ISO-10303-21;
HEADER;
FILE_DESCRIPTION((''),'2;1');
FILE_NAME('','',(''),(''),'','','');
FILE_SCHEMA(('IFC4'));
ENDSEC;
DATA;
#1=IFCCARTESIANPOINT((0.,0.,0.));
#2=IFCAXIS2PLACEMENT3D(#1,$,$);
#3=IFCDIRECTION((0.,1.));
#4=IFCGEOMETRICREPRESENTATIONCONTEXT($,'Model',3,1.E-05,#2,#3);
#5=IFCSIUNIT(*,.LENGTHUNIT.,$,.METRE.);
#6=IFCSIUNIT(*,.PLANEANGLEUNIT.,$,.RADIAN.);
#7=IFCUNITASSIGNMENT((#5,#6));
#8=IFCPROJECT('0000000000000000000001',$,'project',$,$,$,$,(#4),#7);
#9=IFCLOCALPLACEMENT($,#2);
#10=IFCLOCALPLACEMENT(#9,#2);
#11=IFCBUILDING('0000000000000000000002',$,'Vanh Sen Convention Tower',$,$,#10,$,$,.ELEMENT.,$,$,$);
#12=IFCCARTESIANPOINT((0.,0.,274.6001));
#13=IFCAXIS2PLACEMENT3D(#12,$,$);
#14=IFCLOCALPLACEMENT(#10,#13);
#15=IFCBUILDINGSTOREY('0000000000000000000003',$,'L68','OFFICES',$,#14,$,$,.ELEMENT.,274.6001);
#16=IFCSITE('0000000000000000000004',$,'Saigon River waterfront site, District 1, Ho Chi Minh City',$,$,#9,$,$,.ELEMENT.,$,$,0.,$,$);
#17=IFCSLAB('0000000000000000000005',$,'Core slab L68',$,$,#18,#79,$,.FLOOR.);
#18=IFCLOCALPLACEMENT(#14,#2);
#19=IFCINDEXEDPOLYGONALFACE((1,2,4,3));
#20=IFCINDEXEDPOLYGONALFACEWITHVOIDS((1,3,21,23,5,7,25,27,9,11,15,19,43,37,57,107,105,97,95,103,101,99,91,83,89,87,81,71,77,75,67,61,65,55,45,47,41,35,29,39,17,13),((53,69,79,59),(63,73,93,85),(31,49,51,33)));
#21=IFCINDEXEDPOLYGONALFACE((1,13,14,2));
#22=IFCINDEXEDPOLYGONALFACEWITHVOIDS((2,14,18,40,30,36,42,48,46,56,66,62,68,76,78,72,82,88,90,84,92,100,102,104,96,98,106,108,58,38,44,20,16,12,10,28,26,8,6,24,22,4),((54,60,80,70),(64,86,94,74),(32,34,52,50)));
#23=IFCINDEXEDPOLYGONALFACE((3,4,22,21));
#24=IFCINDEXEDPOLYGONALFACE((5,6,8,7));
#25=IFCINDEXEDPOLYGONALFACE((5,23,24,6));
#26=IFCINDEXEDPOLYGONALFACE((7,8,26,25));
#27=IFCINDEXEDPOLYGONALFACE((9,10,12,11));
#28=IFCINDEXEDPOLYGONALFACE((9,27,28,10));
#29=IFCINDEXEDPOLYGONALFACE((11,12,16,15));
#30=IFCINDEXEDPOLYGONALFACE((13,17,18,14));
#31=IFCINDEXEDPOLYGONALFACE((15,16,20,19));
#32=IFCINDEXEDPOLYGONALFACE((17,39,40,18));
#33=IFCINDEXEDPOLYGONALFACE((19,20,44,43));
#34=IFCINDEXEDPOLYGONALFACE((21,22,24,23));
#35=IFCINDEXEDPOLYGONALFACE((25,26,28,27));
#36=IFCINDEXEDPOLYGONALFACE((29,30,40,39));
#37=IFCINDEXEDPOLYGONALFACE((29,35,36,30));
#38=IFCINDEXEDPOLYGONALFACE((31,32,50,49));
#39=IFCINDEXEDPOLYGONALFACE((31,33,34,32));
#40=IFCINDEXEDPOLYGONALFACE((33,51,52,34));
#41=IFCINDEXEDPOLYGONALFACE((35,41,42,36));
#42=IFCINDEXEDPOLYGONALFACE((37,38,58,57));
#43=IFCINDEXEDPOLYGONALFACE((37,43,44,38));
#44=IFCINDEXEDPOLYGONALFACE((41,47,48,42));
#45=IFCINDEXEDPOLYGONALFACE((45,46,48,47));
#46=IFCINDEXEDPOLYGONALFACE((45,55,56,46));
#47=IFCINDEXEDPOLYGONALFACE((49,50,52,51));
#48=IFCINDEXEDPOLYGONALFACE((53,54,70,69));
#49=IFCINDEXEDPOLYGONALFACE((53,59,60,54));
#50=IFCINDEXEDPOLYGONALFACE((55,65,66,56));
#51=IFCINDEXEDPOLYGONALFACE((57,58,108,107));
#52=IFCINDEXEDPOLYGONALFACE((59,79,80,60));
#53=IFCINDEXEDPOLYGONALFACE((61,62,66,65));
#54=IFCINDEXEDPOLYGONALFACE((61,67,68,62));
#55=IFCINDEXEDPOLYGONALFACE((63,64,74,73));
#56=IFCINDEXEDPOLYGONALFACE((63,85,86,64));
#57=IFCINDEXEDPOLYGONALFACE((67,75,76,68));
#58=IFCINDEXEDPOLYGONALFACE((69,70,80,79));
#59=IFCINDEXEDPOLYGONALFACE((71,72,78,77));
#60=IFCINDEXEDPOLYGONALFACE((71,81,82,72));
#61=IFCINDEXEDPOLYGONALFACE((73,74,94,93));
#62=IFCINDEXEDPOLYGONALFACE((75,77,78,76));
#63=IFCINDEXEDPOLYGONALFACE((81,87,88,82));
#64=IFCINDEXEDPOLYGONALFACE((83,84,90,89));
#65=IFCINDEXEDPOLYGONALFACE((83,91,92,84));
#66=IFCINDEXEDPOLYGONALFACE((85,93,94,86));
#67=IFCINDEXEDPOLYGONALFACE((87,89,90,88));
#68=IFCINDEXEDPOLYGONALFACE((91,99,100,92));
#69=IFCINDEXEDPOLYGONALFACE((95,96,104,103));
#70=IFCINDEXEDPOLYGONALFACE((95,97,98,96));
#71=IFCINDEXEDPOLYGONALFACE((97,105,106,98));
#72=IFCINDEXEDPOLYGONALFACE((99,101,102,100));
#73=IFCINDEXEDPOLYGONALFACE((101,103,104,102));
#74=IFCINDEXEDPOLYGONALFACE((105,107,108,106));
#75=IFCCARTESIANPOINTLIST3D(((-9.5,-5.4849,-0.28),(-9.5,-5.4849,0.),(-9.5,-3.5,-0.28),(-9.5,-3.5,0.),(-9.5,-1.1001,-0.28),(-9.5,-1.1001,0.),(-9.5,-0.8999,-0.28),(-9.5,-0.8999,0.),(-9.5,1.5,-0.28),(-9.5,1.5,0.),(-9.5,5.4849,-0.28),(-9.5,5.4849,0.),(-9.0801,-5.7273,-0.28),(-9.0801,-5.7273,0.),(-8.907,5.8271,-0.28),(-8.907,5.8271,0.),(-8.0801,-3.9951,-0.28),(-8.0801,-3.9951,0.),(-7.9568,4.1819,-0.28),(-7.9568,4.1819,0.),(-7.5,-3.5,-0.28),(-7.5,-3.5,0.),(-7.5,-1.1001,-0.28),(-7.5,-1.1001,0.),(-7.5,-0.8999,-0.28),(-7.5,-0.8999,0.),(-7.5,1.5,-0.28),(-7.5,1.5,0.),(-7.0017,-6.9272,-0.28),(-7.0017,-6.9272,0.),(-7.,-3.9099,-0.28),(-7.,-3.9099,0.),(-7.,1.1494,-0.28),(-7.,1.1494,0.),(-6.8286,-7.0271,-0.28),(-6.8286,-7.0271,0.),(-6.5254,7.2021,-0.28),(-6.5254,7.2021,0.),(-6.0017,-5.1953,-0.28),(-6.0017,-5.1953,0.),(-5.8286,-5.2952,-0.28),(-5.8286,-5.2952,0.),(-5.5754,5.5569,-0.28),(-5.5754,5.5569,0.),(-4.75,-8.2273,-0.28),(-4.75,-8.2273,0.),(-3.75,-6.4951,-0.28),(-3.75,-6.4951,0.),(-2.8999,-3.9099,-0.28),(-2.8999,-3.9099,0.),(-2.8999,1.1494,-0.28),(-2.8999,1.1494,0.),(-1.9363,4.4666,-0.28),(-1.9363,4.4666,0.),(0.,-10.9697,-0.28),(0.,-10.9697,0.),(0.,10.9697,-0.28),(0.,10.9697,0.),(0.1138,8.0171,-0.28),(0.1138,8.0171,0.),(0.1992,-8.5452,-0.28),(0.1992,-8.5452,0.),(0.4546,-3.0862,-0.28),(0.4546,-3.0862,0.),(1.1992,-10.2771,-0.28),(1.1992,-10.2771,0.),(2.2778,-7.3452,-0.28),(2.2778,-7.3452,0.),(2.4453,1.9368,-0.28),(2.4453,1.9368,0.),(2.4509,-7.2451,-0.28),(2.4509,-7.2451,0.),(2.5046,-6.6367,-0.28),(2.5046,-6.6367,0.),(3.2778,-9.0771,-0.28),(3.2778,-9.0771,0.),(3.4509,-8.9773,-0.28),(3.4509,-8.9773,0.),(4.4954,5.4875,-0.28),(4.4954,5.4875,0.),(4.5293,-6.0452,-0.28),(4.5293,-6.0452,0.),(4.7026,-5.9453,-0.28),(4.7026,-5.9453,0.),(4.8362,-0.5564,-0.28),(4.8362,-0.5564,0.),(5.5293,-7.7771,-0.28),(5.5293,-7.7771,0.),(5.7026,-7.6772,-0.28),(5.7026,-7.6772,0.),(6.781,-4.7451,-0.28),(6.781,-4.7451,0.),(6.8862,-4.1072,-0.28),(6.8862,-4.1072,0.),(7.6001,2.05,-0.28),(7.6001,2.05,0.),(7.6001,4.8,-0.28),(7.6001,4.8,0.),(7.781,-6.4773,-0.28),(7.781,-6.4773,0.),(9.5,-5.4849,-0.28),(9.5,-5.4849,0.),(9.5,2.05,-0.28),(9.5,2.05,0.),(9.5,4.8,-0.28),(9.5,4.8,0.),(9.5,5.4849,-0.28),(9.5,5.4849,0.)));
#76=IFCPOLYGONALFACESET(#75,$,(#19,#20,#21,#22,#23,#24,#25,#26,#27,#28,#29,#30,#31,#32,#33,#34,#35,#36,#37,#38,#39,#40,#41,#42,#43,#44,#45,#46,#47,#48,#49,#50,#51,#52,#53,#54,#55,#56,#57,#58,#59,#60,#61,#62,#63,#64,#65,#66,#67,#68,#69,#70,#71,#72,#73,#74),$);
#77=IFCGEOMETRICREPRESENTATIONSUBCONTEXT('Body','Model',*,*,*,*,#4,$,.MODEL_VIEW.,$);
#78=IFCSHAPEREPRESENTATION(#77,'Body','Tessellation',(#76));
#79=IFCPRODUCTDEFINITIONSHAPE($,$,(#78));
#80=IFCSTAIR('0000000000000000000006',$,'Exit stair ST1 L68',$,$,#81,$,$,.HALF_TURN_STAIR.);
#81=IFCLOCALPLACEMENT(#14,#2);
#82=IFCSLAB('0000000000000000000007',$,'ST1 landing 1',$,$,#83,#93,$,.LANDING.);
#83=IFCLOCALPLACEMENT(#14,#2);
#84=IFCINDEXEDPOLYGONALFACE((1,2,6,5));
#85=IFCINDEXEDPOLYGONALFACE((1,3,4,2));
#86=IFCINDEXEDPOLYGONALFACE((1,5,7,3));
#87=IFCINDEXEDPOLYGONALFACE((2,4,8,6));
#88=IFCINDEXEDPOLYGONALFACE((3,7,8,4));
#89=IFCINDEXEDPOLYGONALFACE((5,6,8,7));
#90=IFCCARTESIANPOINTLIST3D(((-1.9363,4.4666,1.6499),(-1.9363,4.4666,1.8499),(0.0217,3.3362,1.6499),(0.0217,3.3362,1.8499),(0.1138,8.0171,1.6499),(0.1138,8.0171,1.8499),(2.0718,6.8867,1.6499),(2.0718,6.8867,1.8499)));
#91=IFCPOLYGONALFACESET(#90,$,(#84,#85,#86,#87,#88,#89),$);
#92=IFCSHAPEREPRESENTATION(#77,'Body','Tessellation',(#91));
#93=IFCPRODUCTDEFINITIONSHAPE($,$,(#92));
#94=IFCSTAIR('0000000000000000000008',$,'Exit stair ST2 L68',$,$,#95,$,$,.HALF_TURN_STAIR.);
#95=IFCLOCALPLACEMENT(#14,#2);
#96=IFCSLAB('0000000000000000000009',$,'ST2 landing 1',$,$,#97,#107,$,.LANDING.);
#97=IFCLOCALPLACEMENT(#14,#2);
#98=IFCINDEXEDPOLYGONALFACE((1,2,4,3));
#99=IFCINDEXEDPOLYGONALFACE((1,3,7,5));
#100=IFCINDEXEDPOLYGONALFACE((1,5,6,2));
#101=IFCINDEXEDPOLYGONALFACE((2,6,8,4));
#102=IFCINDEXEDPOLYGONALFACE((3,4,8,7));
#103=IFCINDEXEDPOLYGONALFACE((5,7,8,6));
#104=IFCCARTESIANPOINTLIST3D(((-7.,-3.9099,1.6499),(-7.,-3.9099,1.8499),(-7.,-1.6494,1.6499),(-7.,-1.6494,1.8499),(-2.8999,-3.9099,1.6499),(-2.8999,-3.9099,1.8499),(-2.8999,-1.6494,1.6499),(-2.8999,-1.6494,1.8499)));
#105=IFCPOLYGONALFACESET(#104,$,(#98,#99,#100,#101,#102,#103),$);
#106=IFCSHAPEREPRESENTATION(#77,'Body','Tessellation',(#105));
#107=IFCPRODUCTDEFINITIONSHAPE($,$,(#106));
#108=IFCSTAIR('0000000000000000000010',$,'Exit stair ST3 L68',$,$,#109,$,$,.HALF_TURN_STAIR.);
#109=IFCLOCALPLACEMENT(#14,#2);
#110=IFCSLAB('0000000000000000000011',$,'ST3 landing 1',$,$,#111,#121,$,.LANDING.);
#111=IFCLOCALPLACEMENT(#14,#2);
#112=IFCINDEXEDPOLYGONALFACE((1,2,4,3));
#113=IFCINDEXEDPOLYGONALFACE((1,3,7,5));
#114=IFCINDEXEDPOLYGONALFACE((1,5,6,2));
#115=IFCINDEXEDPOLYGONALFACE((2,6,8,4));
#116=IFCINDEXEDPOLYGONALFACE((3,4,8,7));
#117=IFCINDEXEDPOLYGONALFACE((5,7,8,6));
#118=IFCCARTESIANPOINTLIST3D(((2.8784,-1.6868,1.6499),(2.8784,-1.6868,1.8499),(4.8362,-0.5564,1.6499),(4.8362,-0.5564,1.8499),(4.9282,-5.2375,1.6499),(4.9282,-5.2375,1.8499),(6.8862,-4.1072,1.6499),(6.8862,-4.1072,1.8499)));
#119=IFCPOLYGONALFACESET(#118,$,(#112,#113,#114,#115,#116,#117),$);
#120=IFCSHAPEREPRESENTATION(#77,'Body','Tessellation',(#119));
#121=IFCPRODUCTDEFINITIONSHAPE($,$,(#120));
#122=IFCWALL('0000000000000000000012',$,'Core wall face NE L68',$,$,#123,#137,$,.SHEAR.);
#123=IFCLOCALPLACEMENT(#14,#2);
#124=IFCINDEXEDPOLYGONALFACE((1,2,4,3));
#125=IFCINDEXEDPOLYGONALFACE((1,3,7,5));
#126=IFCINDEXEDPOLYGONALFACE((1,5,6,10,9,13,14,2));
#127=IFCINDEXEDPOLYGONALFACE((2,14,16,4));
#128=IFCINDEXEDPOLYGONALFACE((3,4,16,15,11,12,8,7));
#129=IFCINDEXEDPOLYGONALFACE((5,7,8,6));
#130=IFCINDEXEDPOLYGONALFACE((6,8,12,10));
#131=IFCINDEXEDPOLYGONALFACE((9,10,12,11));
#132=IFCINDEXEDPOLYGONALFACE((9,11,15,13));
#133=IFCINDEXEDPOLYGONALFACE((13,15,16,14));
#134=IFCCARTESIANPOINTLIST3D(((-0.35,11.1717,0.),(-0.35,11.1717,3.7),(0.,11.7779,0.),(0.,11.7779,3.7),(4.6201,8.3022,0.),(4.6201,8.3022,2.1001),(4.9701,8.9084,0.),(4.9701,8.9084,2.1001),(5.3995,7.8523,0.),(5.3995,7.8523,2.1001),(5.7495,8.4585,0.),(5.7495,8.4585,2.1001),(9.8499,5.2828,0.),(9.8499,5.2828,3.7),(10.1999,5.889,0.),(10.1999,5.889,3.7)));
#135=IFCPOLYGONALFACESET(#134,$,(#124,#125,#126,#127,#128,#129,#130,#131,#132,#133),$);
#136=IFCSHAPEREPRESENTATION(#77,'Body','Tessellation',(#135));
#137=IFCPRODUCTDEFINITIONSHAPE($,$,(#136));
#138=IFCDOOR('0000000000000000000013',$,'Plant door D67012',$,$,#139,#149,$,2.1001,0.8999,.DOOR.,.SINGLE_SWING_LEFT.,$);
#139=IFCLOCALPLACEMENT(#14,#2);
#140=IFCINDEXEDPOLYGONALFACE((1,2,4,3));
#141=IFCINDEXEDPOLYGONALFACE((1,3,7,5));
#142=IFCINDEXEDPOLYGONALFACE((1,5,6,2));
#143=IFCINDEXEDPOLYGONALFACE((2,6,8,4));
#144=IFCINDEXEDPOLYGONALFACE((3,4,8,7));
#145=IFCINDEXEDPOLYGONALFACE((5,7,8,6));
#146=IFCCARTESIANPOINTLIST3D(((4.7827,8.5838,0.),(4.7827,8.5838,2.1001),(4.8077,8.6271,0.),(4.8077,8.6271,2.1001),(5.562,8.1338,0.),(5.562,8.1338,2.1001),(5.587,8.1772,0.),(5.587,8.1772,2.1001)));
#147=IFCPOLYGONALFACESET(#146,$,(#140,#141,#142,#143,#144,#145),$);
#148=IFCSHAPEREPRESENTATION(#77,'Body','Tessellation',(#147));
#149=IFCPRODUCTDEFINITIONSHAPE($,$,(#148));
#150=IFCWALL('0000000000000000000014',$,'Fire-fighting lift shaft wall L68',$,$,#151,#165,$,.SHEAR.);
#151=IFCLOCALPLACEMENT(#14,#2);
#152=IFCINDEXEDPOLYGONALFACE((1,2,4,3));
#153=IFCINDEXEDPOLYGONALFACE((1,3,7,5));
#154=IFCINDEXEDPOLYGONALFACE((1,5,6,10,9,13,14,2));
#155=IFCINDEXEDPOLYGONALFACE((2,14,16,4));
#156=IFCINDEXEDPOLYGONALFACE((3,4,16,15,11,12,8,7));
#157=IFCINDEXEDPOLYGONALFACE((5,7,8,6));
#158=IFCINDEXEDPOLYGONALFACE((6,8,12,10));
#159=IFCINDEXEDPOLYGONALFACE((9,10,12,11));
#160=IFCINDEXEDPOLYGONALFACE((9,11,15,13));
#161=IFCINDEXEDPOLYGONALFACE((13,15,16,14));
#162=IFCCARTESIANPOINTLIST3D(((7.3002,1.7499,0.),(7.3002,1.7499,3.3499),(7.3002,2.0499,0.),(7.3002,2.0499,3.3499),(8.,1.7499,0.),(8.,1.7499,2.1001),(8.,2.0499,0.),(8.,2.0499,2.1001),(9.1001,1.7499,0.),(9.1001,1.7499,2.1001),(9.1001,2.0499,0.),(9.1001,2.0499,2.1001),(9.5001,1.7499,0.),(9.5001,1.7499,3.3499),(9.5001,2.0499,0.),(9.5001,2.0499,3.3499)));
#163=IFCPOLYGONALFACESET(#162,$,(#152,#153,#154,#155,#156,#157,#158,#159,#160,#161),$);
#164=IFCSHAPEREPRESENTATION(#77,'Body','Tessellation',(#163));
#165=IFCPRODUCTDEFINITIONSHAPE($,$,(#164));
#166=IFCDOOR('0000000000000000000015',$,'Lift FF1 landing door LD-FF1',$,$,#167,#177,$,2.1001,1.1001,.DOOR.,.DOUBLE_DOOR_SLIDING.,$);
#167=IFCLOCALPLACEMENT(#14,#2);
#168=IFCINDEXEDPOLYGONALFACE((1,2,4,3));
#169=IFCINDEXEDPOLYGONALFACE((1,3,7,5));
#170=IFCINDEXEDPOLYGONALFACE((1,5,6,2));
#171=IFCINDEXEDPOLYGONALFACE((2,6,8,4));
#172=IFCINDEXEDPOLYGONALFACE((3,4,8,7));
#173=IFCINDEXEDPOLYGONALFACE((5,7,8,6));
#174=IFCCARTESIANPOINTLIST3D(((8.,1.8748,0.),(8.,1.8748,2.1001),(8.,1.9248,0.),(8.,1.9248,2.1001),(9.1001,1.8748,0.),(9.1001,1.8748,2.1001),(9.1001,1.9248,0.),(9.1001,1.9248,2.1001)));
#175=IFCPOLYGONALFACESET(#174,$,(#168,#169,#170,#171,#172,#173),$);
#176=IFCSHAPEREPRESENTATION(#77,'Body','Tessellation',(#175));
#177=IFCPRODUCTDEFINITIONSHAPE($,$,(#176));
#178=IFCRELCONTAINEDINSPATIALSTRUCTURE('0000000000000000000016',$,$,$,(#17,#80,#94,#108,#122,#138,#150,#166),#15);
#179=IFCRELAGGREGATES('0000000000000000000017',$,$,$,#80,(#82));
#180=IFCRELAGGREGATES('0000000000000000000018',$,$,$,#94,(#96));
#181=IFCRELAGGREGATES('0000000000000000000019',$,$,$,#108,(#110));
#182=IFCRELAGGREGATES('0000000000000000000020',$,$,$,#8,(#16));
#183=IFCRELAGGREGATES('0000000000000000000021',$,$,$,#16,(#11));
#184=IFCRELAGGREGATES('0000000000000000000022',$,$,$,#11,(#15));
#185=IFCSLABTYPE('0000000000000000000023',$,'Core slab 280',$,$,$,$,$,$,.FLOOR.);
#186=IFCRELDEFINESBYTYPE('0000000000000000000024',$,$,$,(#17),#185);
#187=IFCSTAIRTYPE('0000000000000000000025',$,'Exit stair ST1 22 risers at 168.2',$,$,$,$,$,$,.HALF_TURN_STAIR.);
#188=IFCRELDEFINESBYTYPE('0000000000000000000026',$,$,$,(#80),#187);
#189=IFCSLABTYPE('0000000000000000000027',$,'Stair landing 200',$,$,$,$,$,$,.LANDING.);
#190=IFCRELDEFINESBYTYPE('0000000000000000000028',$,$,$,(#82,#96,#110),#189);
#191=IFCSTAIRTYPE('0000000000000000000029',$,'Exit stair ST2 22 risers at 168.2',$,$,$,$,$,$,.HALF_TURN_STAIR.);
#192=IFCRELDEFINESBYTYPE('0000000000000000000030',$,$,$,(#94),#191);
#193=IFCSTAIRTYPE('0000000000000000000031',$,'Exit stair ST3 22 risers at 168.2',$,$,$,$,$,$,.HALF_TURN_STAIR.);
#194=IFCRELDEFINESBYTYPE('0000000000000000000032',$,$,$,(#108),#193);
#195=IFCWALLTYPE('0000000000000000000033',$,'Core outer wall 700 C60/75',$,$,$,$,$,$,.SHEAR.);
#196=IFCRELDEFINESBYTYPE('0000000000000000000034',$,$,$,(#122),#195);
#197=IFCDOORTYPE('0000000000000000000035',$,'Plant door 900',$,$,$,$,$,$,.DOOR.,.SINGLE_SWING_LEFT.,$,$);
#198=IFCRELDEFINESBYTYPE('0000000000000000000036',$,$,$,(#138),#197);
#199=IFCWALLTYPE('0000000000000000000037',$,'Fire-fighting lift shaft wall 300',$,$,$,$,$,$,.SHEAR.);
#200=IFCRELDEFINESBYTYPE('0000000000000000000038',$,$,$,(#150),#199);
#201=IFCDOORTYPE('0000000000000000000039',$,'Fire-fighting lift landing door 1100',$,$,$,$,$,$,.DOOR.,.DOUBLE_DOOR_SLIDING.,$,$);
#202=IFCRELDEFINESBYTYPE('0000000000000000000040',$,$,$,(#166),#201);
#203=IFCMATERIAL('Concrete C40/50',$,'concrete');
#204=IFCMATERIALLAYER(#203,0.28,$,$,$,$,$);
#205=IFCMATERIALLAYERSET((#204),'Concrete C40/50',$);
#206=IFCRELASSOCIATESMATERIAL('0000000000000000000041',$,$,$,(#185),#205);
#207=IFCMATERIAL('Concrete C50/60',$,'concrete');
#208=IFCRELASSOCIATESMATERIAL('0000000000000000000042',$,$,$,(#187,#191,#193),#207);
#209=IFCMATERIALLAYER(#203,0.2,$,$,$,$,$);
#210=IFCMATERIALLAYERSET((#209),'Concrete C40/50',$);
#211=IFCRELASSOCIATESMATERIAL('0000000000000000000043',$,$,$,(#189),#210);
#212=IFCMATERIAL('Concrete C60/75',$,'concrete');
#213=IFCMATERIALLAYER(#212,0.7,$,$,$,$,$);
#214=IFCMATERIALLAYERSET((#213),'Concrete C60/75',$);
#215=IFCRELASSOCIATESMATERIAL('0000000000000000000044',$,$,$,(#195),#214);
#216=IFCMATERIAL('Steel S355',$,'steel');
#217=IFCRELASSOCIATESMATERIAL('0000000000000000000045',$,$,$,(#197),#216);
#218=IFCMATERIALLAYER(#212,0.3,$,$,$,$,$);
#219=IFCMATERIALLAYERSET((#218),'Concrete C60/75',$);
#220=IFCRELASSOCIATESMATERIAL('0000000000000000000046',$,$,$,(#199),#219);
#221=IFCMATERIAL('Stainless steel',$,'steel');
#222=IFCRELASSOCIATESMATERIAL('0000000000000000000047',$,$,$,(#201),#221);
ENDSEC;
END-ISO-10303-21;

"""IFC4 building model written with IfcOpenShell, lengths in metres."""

from ifc_helpers import new_model, si_unit, direction, frame, frame_2d, origin, place, context, subcontext, project, spatial, polyline, rectangle, outline, extrude, material, layer, layer_set, type_object, element, fill, aggregate, save


model = new_model("IFC4")

# Units and contexts
model_context = context("Model", 3, precision=1e-05, world=origin(), true_north=direction((0.0, 1.0)))
body_context = subcontext(model_context, "Body", "Model", "MODEL_VIEW")
ifc_project = project(units=[si_unit("LENGTHUNIT", "METRE"), si_unit("PLANEANGLEUNIT", "RADIAN")], contexts=[model_context])

# Site, building, storey
site_placement = place(None, origin())
site = spatial("IfcSite", under=ifc_project, at=site_placement, Name="Saigon River waterfront site, District 1, Ho Chi Minh City", CompositionType="ELEMENT", RefElevation=0.0)
building_placement = place(site_placement, origin())
building = spatial("IfcBuilding", under=site, at=building_placement, Name="Vanh Sen Convention Tower", CompositionType="ELEMENT")
storey_placement = place(building_placement, frame((0.0, 0.0, 274.6001)))
storey = spatial("IfcBuildingStorey", under=building, at=storey_placement, Name="L68", Description="OFFICES", CompositionType="ELEMENT", Elevation=274.6001)

# Slab
ifc_material_1 = material(Name="Concrete C40/50", Category="concrete")
ifc_layer_1 = layer(ifc_material_1, 0.28)
ifc_layer_set_1 = layer_set([ifc_layer_1], Name="Concrete C40/50")
slab_type_1 = type_object("IfcSlabType", Name="Core slab 280", PredefinedType="FLOOR", material=ifc_layer_set_1)
slab_1_placement = place(storey_placement, frame((0.0, 0.0, -0.28)))
element("IfcSlab", 1, at=slab_1_placement, inside=storey, type_object=slab_type_1, Name="Core slab L68", PredefinedType="FLOOR", context=body_context, shape_type="SweptSolid", body=[
    extrude(outline(polyline([(0.0, 10.9697), (9.5, 5.4849), (9.5, 4.8), (7.6001, 4.8), (7.6001, 2.05), (9.5, 2.05), (9.5, -5.4849), (7.781, -6.4773), (6.781, -4.7451), (4.7026, -5.9453), (5.7026, -7.6772), (5.5293, -7.7771), (4.5293, -6.0452), (2.4509, -7.2451), (3.4509, -8.9773), (3.2778, -9.0771), (2.2778, -7.3452), (0.1992, -8.5452), (1.1992, -10.2771), (0.0, -10.9697), (-4.75, -8.2273), (-3.75, -6.4951), (-5.8286, -5.2952), (-6.8286, -7.0271), (-7.0017, -6.9272), (-6.0017, -5.1953), (-8.0801, -3.9951), (-9.0801, -5.7273), (-9.5, -5.4849), (-9.5, -3.5), (-7.5, -3.5), (-7.5, -1.1001), (-9.5, -1.1001), (-9.5, -0.8999), (-7.5, -0.8999), (-7.5, 1.5), (-9.5, 1.5), (-9.5, 5.4849), (-8.907, 5.8271), (-7.9568, 4.1819), (-5.5754, 5.5569), (-6.5254, 7.2021), (0.0, 10.9697)]), holes=[polyline([(-7.0, 1.1494), (-7.0, -3.9099), (-2.8999, -3.9099), (-2.8999, 1.1494), (-7.0, 1.1494)]), polyline([(2.5046, -6.6367), (6.8862, -4.1072), (4.8362, -0.5564), (0.4546, -3.0862), (2.5046, -6.6367)]), polyline([(0.1138, 8.0171), (-1.9363, 4.4666), (2.4453, 1.9368), (4.4954, 5.4875), (0.1138, 8.0171)])]), origin(), (0.0, 0.0, 1.0), 0.28),
])

# Stairs, slabs
ifc_material_2 = material(Name="Concrete C50/60", Category="concrete")
stair_type_1 = type_object("IfcStairType", Name="Exit stair ST1 22 risers at 168.2", PredefinedType="HALF_TURN_STAIR", material=ifc_material_2)
stair_1_placement = place(storey_placement, origin())
stair_1 = element("IfcStair", 2, at=stair_1_placement, inside=storey, type_object=stair_type_1, Name="Exit stair ST1 L68", PredefinedType="HALF_TURN_STAIR")
ifc_layer_2 = layer(ifc_material_1, 0.2)
ifc_layer_set_2 = layer_set([ifc_layer_2], Name="Concrete C40/50")
slab_type_2 = type_object("IfcSlabType", Name="Stair landing 200", PredefinedType="LANDING", material=ifc_layer_set_2)
slab_2_placement = place(storey_placement, frame((0.0, 0.0, 1.6499)))
slab_2 = element("IfcSlab", 3, at=slab_2_placement, type_object=slab_type_2, Name="ST1 landing 1", PredefinedType="LANDING", context=body_context, shape_type="SweptSolid", body=[
    extrude(outline(polyline([(2.0718, 6.8867), (0.1138, 8.0171), (-1.9363, 4.4666), (0.0217, 3.3362), (2.0718, 6.8867)])), origin(), (0.0, 0.0, 1.0), 0.2),
])
aggregate(stair_1, [slab_2])
stair_type_2 = type_object("IfcStairType", Name="Exit stair ST2 22 risers at 168.2", PredefinedType="HALF_TURN_STAIR", material=ifc_material_2)
stair_2_placement = place(storey_placement, origin())
stair_2 = element("IfcStair", 4, at=stair_2_placement, inside=storey, type_object=stair_type_2, Name="Exit stair ST2 L68", PredefinedType="HALF_TURN_STAIR")
slab_3_placement = place(storey_placement, frame((0.0, 0.0, 1.6499)))
slab_3 = element("IfcSlab", 5, at=slab_3_placement, type_object=slab_type_2, Name="ST2 landing 1", PredefinedType="LANDING", context=body_context, shape_type="SweptSolid", body=[
    extrude(outline(polyline([(-7.0, -1.6494), (-7.0, -3.9099), (-2.8999, -3.9099), (-2.8999, -1.6494), (-7.0, -1.6494)])), origin(), (0.0, 0.0, 1.0), 0.2),
])
aggregate(stair_2, [slab_3])
stair_type_3 = type_object("IfcStairType", Name="Exit stair ST3 22 risers at 168.2", PredefinedType="HALF_TURN_STAIR", material=ifc_material_2)
stair_3_placement = place(storey_placement, origin())
stair_3 = element("IfcStair", 6, at=stair_3_placement, inside=storey, type_object=stair_type_3, Name="Exit stair ST3 L68", PredefinedType="HALF_TURN_STAIR")
slab_4_placement = place(storey_placement, frame((0.0, 0.0, 1.6499)))
slab_4 = element("IfcSlab", 7, at=slab_4_placement, type_object=slab_type_2, Name="ST3 landing 1", PredefinedType="LANDING", context=body_context, shape_type="SweptSolid", body=[
    extrude(outline(polyline([(4.9282, -5.2375), (6.8862, -4.1072), (4.8362, -0.5564), (2.8784, -1.6868), (4.9282, -5.2375)])), origin(), (0.0, 0.0, 1.0), 0.2),
])
aggregate(stair_3, [slab_4])

# Walls, openings, doors
ifc_material_3 = material(Name="Concrete C60/75", Category="concrete")
ifc_layer_3 = layer(ifc_material_3, 0.7)
ifc_layer_set_3 = layer_set([ifc_layer_3], Name="Concrete C60/75")
wall_type_1 = type_object("IfcWallType", Name="Core outer wall 700 C60/75", PredefinedType="SHEAR", material=ifc_layer_set_3)
wall_1_placement = place(storey_placement, frame((10.0249, 5.5859, 0.0), z_axis=(0.0, 0.0, 1.0), x_axis=(-0.866026, 0.499998, 0.0)))
wall_1 = element("IfcWall", 8, at=wall_1_placement, inside=storey, type_object=wall_type_1, Name="Core wall face NE L68", PredefinedType="SHEAR", context=body_context, shape_type="SweptSolid", body=[
    extrude(rectangle(XDim=11.7778, YDim=0.7, at=frame_2d((5.8889, 0.0))), origin(), (0.0, 0.0, 1.0), 3.7),
])
opening_1_placement = place(wall_1_placement, frame((5.1389, 0.0, 0.0)))
opening_1 = element("IfcOpeningElement", 9, at=opening_1_placement, cuts=wall_1, PredefinedType="OPENING", context=body_context, shape_type="SweptSolid", body=[
    extrude(rectangle(XDim=0.8999, YDim=2.1001, at=frame_2d((0.45, 1.05))), frame((0.0, 0.3599, 0.0), z_axis=(0.0, -1.0, 0.0), x_axis=(1.0, 0.0, 0.0)), (0.0, 0.0, 1.0), 0.72),
])
ifc_material_4 = material(Name="Steel S355", Category="steel")
door_type_1 = type_object("IfcDoorType", Name="Plant door 900", OperationType="SINGLE_SWING_LEFT", PredefinedType="DOOR", material=ifc_material_4)
door_1_placement = place(opening_1_placement, origin())
door_1 = element("IfcDoor", 10, at=door_1_placement, inside=storey, type_object=door_type_1, Name="Plant door D67012", OperationType="SINGLE_SWING_LEFT", OverallHeight=2.1001, OverallWidth=0.8999, PredefinedType="DOOR", context=body_context, shape_type="SweptSolid", body=[
    extrude(rectangle(XDim=0.8999, YDim=2.1001, at=frame_2d((0.45, 1.05))), frame((0.0, 0.0249, 0.0), z_axis=(0.0, -1.0, 0.0), x_axis=(1.0, 0.0, 0.0)), (0.0, 0.0, 1.0), 0.05),
])
fill(opening_1, door_1)
ifc_layer_4 = layer(ifc_material_3, 0.3)
ifc_layer_set_4 = layer_set([ifc_layer_4], Name="Concrete C60/75")
wall_type_2 = type_object("IfcWallType", Name="Fire-fighting lift shaft wall 300", PredefinedType="SHEAR", material=ifc_layer_set_4)
wall_2_placement = place(storey_placement, frame((7.3, 1.8999, 0.0), z_axis=(0.0, 0.0, 1.0), x_axis=(1.0, 0.0, 0.0)))
wall_2 = element("IfcWall", 11, at=wall_2_placement, inside=storey, type_object=wall_type_2, Name="Fire-fighting lift shaft wall L68", PredefinedType="SHEAR", context=body_context, shape_type="SweptSolid", body=[
    extrude(rectangle(XDim=2.2, YDim=0.3, at=frame_2d((1.1001, 0.0))), origin(), (0.0, 0.0, 1.0), 3.3499),
])
opening_2_placement = place(wall_2_placement, frame((0.7, 0.0, 0.0)))
opening_2 = element("IfcOpeningElement", 12, at=opening_2_placement, cuts=wall_2, PredefinedType="OPENING", context=body_context, shape_type="SweptSolid", body=[
    extrude(rectangle(XDim=1.1001, YDim=2.1001, at=frame_2d((0.55, 1.05))), frame((0.0, 0.1599, 0.0), z_axis=(0.0, -1.0, 0.0), x_axis=(1.0, 0.0, 0.0)), (0.0, 0.0, 1.0), 0.3201),
])
ifc_material_5 = material(Name="Stainless steel", Category="steel")
door_type_2 = type_object("IfcDoorType", Name="Fire-fighting lift landing door 1100", OperationType="DOUBLE_DOOR_SLIDING", PredefinedType="DOOR", material=ifc_material_5)
door_2_placement = place(opening_2_placement, origin())
door_2 = element("IfcDoor", 13, at=door_2_placement, inside=storey, type_object=door_type_2, Name="Lift FF1 landing door LD-FF1", OperationType="DOUBLE_DOOR_SLIDING", OverallHeight=2.1001, OverallWidth=1.1001, PredefinedType="DOOR", context=body_context, shape_type="SweptSolid", body=[
    extrude(rectangle(XDim=1.1001, YDim=2.1001, at=frame_2d((0.55, 1.05))), frame((0.0, 0.0249, 0.0), z_axis=(0.0, -1.0, 0.0), x_axis=(1.0, 0.0, 0.0)), (0.0, 0.0, 1.0), 0.05),
])
fill(opening_2, door_2)

save(model, "model.ifc")
